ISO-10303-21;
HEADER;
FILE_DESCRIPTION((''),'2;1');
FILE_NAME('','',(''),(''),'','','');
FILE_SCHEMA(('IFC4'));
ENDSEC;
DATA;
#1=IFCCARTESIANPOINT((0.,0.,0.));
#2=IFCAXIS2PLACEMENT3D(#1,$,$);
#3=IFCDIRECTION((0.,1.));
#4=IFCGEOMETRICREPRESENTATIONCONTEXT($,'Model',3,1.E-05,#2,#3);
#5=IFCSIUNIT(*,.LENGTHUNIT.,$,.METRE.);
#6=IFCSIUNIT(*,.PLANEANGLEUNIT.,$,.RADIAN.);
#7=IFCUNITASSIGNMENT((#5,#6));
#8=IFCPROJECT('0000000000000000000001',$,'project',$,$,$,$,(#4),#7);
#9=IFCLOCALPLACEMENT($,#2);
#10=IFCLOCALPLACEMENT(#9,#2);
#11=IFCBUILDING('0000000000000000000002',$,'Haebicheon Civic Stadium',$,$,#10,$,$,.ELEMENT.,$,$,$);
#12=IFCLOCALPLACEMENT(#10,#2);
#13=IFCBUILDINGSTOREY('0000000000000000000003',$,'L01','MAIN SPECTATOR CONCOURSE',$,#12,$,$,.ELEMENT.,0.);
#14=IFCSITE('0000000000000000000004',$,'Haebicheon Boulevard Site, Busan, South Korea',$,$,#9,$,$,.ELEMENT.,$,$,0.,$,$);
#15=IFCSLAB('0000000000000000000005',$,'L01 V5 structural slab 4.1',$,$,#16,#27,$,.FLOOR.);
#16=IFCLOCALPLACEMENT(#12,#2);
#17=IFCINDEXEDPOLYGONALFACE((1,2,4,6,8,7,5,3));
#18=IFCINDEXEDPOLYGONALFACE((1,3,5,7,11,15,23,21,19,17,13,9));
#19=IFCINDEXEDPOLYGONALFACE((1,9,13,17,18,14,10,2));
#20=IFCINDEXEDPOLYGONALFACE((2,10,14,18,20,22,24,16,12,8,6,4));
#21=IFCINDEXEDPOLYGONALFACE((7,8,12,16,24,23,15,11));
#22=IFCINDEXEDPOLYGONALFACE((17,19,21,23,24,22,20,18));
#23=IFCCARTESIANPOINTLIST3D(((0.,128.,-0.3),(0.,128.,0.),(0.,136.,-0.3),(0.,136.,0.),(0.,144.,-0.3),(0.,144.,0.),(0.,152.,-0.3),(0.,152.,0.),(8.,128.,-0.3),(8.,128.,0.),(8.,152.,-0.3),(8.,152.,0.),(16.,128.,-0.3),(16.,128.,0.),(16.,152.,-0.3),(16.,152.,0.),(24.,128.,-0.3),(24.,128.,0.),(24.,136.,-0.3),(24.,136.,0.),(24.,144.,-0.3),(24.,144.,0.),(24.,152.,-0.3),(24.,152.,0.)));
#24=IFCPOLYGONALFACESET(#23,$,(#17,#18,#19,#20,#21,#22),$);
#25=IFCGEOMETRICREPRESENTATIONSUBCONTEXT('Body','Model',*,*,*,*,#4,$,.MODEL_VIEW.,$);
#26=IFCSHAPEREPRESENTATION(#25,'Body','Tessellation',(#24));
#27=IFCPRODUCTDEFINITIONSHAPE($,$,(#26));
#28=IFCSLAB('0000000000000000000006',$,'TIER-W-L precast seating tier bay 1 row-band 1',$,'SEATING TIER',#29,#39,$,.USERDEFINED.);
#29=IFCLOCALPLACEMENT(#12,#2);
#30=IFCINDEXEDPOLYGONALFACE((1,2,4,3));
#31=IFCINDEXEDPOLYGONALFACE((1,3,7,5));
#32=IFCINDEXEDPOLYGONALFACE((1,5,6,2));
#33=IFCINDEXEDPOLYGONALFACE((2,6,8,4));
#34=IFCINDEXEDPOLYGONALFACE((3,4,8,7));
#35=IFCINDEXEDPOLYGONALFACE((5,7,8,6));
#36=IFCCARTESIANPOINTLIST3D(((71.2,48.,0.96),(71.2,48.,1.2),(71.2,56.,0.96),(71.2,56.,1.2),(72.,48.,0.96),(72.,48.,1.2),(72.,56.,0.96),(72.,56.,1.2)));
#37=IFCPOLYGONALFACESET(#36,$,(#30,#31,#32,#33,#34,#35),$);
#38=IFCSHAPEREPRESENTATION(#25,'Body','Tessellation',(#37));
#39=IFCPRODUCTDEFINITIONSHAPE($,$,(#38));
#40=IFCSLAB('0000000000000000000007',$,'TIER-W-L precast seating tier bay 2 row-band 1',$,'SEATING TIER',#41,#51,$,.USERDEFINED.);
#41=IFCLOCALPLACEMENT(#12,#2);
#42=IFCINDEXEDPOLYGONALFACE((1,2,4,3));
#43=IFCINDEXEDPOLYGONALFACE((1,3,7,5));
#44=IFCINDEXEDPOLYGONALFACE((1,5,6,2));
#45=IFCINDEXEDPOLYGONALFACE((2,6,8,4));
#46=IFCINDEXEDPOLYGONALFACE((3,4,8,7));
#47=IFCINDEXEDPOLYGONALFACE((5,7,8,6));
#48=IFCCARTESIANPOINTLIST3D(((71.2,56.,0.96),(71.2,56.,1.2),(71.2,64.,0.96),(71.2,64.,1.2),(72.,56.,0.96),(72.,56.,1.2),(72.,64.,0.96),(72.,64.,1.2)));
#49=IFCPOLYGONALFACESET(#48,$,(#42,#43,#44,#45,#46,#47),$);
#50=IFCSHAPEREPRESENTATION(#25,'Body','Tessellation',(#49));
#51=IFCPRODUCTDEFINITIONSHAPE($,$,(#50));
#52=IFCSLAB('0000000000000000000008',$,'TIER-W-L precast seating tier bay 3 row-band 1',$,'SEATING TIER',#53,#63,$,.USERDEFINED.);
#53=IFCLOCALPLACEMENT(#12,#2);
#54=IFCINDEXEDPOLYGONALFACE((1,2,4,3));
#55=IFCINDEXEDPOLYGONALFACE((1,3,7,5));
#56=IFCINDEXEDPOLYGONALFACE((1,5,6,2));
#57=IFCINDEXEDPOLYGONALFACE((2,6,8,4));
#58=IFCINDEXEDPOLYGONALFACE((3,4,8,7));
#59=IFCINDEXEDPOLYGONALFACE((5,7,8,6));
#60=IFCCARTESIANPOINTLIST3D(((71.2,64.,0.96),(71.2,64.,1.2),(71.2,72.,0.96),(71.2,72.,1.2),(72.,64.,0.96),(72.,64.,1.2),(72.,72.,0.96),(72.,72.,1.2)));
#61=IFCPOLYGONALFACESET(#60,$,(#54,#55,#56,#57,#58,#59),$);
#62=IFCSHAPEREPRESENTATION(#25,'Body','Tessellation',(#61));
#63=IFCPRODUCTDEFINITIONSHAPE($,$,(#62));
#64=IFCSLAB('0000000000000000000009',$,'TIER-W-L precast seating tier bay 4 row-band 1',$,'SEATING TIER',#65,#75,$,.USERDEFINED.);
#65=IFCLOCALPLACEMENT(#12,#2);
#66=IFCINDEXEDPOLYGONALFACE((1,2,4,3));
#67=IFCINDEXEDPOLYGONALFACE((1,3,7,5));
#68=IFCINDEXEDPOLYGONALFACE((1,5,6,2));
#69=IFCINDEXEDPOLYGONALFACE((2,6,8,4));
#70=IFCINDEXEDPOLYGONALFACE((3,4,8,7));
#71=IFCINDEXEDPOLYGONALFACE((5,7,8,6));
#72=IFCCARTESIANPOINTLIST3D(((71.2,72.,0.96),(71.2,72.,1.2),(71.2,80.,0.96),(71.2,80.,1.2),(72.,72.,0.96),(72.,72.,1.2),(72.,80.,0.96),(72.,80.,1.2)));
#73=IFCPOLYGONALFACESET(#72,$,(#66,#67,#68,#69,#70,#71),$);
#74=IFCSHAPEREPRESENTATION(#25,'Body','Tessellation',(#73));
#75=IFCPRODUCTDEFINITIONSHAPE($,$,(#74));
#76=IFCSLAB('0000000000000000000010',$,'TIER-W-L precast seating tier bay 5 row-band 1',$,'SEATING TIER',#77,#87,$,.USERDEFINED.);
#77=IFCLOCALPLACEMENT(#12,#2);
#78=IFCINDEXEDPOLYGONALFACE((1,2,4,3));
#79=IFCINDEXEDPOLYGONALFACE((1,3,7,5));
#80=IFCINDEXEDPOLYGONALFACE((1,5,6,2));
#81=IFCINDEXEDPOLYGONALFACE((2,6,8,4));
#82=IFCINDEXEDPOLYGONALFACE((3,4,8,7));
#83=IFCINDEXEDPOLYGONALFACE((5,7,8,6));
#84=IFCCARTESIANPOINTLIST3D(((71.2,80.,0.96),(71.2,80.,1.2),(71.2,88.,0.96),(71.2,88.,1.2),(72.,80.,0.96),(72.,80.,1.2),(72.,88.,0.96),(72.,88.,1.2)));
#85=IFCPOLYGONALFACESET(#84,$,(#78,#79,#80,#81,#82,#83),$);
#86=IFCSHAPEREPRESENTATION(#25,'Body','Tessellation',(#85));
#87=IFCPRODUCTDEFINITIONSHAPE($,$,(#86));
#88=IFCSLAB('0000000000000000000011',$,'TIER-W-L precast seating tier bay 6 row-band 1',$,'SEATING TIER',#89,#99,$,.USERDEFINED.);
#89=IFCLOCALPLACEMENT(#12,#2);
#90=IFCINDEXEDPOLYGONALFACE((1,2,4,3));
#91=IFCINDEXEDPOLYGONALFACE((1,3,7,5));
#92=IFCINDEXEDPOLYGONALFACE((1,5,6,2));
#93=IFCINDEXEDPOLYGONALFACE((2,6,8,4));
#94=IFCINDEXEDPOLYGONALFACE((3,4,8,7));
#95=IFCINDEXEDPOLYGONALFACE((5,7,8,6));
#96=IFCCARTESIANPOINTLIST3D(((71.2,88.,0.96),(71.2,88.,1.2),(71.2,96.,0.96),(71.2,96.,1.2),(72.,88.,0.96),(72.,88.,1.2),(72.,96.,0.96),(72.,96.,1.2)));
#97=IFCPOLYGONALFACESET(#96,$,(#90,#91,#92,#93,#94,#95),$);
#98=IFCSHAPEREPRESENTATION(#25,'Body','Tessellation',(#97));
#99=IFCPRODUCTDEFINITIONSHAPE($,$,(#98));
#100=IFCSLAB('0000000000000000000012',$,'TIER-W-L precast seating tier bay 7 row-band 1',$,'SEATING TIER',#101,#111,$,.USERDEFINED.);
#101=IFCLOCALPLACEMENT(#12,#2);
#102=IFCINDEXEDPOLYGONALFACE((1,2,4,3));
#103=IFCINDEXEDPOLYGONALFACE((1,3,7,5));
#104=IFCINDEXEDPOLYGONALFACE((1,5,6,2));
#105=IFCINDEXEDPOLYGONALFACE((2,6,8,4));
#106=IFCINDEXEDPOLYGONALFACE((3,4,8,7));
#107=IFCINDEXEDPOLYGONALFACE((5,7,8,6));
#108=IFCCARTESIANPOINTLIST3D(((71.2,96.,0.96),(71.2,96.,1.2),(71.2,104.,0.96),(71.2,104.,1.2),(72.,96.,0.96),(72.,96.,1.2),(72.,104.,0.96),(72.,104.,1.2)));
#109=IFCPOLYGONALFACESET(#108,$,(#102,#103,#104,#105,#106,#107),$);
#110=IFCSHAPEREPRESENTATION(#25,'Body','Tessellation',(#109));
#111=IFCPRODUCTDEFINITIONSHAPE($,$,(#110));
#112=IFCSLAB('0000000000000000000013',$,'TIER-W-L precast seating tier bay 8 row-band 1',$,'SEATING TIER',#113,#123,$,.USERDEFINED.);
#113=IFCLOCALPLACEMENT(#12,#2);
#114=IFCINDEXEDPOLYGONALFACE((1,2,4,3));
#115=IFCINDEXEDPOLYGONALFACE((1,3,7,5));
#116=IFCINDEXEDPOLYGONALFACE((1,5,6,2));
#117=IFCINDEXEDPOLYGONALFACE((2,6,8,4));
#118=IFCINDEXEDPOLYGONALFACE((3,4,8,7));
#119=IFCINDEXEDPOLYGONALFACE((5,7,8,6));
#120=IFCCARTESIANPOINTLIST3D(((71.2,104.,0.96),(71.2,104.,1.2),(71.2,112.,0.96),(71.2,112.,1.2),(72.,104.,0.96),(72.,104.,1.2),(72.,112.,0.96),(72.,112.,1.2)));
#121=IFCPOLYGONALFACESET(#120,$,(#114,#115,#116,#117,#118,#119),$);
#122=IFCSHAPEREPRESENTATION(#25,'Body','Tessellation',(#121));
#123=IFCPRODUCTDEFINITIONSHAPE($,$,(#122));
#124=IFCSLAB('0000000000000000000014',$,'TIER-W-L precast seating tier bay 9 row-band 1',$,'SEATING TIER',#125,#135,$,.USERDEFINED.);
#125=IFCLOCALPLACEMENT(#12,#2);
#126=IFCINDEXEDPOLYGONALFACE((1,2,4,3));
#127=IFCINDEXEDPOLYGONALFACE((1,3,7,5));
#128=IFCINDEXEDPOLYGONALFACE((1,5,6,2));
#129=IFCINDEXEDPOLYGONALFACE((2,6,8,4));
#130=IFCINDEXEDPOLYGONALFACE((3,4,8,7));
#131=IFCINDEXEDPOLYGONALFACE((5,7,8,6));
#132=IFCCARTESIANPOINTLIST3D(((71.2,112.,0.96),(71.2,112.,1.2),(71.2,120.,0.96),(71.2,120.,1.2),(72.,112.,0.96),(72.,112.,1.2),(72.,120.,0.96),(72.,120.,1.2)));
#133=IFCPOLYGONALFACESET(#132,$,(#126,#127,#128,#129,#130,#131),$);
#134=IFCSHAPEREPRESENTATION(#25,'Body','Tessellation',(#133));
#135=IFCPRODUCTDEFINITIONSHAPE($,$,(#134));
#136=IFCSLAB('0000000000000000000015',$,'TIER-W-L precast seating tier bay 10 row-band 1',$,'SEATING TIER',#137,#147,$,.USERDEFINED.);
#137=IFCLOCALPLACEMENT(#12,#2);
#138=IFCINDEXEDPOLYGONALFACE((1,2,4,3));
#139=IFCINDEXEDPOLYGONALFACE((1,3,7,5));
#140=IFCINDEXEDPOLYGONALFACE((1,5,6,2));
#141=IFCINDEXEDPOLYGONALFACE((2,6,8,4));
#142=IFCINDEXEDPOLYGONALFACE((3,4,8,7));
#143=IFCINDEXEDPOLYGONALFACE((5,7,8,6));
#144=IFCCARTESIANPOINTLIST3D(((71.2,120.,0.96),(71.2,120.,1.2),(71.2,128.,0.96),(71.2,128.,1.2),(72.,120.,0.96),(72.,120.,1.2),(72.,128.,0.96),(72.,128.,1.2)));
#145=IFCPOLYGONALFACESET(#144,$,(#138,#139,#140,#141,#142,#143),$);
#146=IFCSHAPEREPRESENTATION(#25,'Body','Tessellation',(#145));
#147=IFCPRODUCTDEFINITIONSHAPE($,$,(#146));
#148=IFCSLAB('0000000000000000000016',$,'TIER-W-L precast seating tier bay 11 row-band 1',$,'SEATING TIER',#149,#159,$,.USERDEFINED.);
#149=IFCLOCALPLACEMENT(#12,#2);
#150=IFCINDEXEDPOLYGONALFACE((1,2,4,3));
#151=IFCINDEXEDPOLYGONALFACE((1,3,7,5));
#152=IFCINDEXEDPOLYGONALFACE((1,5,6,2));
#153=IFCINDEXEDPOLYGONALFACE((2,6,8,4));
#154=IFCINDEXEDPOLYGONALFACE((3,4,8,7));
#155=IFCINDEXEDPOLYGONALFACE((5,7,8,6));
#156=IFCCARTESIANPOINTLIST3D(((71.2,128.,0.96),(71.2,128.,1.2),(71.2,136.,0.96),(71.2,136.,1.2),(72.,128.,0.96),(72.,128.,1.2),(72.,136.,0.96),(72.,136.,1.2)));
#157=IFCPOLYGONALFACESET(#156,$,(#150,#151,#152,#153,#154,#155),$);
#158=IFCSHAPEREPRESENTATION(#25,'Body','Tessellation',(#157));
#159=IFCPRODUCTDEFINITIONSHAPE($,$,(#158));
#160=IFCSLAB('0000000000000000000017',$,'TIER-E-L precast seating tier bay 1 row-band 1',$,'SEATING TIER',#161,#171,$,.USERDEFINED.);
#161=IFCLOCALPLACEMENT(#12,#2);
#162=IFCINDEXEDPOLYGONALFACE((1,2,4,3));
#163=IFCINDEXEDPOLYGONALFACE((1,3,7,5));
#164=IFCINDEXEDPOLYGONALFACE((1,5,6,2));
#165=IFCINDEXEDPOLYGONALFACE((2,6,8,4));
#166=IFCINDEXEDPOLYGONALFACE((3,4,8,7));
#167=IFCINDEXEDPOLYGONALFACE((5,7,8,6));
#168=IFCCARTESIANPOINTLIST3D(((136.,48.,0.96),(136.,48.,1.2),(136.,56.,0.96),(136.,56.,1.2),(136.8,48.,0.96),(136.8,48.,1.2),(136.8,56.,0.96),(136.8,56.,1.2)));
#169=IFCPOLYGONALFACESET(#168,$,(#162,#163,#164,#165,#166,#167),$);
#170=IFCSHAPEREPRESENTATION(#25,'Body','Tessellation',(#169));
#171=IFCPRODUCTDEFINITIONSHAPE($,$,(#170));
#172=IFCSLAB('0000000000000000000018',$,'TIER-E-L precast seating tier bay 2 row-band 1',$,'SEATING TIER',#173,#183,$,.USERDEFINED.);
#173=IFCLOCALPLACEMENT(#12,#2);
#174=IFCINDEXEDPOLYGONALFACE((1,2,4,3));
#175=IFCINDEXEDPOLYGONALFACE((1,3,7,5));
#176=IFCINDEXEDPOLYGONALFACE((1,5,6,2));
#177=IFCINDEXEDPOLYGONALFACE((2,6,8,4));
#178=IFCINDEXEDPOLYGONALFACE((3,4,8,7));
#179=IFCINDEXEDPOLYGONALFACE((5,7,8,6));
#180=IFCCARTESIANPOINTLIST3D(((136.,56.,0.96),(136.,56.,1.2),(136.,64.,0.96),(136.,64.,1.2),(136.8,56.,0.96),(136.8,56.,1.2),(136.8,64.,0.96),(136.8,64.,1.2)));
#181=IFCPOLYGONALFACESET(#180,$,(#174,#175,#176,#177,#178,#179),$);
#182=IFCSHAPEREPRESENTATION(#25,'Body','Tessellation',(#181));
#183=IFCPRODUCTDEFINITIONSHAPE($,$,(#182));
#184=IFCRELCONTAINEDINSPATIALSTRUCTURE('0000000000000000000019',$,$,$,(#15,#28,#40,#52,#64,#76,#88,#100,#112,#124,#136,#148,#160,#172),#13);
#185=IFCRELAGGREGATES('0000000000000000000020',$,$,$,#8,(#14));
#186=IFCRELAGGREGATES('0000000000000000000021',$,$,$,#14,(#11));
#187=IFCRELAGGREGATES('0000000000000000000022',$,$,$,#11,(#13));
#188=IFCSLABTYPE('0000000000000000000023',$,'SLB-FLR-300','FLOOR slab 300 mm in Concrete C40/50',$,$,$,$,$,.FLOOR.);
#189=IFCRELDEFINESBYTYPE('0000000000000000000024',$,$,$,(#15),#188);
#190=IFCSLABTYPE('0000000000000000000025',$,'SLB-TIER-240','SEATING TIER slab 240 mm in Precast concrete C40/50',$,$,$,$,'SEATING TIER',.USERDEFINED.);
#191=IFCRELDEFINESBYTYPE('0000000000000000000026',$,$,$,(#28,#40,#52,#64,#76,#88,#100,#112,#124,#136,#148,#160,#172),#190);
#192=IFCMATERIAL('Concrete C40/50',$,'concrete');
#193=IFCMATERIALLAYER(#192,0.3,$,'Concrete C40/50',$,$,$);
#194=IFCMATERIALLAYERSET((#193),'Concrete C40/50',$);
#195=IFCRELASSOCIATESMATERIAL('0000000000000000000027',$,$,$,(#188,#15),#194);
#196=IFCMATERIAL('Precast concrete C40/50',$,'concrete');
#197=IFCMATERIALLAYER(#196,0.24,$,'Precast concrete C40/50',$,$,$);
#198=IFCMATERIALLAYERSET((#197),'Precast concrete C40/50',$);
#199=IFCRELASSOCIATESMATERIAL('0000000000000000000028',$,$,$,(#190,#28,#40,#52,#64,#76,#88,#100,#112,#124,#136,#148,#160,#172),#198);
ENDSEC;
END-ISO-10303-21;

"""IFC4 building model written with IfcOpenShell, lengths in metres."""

from ifc_helpers import new_model, si_unit, direction, frame, origin, place, context, subcontext, project, spatial, polyline, outline, extrude, material, layer, layer_set, type_object, element, save


model = new_model("IFC4")

# Units and contexts
model_context = context("Model", 3, precision=1e-05, world=origin(), true_north=direction((0.0, 1.0)))
body_context = subcontext(model_context, "Body", "Model", "MODEL_VIEW")
ifc_project = project(units=[si_unit("LENGTHUNIT", "METRE"), si_unit("PLANEANGLEUNIT", "RADIAN")], contexts=[model_context])

# Site, building, storey
site_placement = place(None, origin())
site = spatial("IfcSite", under=ifc_project, at=site_placement, Name="Haebicheon Boulevard Site, Busan, South Korea", CompositionType="ELEMENT", RefElevation=0.0)
building_placement = place(site_placement, origin())
building = spatial("IfcBuilding", under=site, at=building_placement, Name="Haebicheon Civic Stadium", CompositionType="ELEMENT")
storey_placement = place(building_placement, origin())
storey = spatial("IfcBuildingStorey", under=building, at=storey_placement, Name="L01", Description="MAIN SPECTATOR CONCOURSE", CompositionType="ELEMENT", Elevation=0.0)

# Slabs
ifc_material_1 = material(Name="Concrete C40/50", Category="concrete")
ifc_layer_1 = layer(ifc_material_1, 0.3, Name="Concrete C40/50")
ifc_layer_set_1 = layer_set([ifc_layer_1], Name="Concrete C40/50")
slab_type_1 = type_object("IfcSlabType", Name="SLB-FLR-300", Description="FLOOR slab 300 mm in Concrete C40/50", PredefinedType="FLOOR", material=ifc_layer_set_1)
slab_1_placement = place(storey_placement, frame((0.0, 0.0, -0.3)))
element("IfcSlab", 1, at=slab_1_placement, inside=storey, type_object=slab_type_1, material=ifc_layer_set_1, Name="L01 V5 structural slab 4.1", PredefinedType="FLOOR", context=body_context, shape_type="SweptSolid", body=[
    extrude(outline(polyline([(0.0, 144.0), (0.0, 152.0), (8.0, 152.0), (16.0, 152.0), (24.0, 152.0), (24.0, 144.0), (24.0, 136.0), (24.0, 128.0), (16.0, 128.0), (8.0, 128.0), (0.0, 128.0), (0.0, 136.0), (0.0, 144.0)])), origin(), (0.0, 0.0, 1.0), 0.3),
])
ifc_material_2 = material(Name="Precast concrete C40/50", Category="concrete")
ifc_layer_2 = layer(ifc_material_2, 0.24, Name="Precast concrete C40/50")
ifc_layer_set_2 = layer_set([ifc_layer_2], Name="Precast concrete C40/50")
slab_type_2 = type_object("IfcSlabType", Name="SLB-TIER-240", Description="SEATING TIER slab 240 mm in Precast concrete C40/50", ElementType="SEATING TIER", PredefinedType="USERDEFINED", material=ifc_layer_set_2)
slab_2_placement = place(storey_placement, frame((0.0, 0.0, 0.96)))
element("IfcSlab", 2, at=slab_2_placement, inside=storey, type_object=slab_type_2, material=ifc_layer_set_2, Name="TIER-W-L precast seating tier bay 1 row-band 1", ObjectType="SEATING TIER", PredefinedType="USERDEFINED", context=body_context, shape_type="SweptSolid", body=[
    extrude(outline(polyline([(71.2, 48.0), (72.0, 48.0), (72.0, 56.0), (71.2, 56.0), (71.2, 48.0)])), origin(), (0.0, 0.0, 1.0), 0.24),
])
slab_3_placement = place(storey_placement, frame((0.0, 0.0, 0.96)))
element("IfcSlab", 3, at=slab_3_placement, inside=storey, type_object=slab_type_2, material=ifc_layer_set_2, Name="TIER-W-L precast seating tier bay 2 row-band 1", ObjectType="SEATING TIER", PredefinedType="USERDEFINED", context=body_context, shape_type="SweptSolid", body=[
    extrude(outline(polyline([(71.2, 56.0), (72.0, 56.0), (72.0, 64.0), (71.2, 64.0), (71.2, 56.0)])), origin(), (0.0, 0.0, 1.0), 0.24),
])
slab_4_placement = place(storey_placement, frame((0.0, 0.0, 0.96)))
element("IfcSlab", 4, at=slab_4_placement, inside=storey, type_object=slab_type_2, material=ifc_layer_set_2, Name="TIER-W-L precast seating tier bay 3 row-band 1", ObjectType="SEATING TIER", PredefinedType="USERDEFINED", context=body_context, shape_type="SweptSolid", body=[
    extrude(outline(polyline([(71.2, 64.0), (72.0, 64.0), (72.0, 72.0), (71.2, 72.0), (71.2, 64.0)])), origin(), (0.0, 0.0, 1.0), 0.24),
])
slab_5_placement = place(storey_placement, frame((0.0, 0.0, 0.96)))
element("IfcSlab", 5, at=slab_5_placement, inside=storey, type_object=slab_type_2, material=ifc_layer_set_2, Name="TIER-W-L precast seating tier bay 4 row-band 1", ObjectType="SEATING TIER", PredefinedType="USERDEFINED", context=body_context, shape_type="SweptSolid", body=[
    extrude(outline(polyline([(71.2, 72.0), (72.0, 72.0), (72.0, 80.0), (71.2, 80.0), (71.2, 72.0)])), origin(), (0.0, 0.0, 1.0), 0.24),
])
slab_6_placement = place(storey_placement, frame((0.0, 0.0, 0.96)))
element("IfcSlab", 6, at=slab_6_placement, inside=storey, type_object=slab_type_2, material=ifc_layer_set_2, Name="TIER-W-L precast seating tier bay 5 row-band 1", ObjectType="SEATING TIER", PredefinedType="USERDEFINED", context=body_context, shape_type="SweptSolid", body=[
    extrude(outline(polyline([(71.2, 80.0), (72.0, 80.0), (72.0, 88.0), (71.2, 88.0), (71.2, 80.0)])), origin(), (0.0, 0.0, 1.0), 0.24),
])
slab_7_placement = place(storey_placement, frame((0.0, 0.0, 0.96)))
element("IfcSlab", 7, at=slab_7_placement, inside=storey, type_object=slab_type_2, material=ifc_layer_set_2, Name="TIER-W-L precast seating tier bay 6 row-band 1", ObjectType="SEATING TIER", PredefinedType="USERDEFINED", context=body_context, shape_type="SweptSolid", body=[
    extrude(outline(polyline([(71.2, 88.0), (72.0, 88.0), (72.0, 96.0), (71.2, 96.0), (71.2, 88.0)])), origin(), (0.0, 0.0, 1.0), 0.24),
])
slab_8_placement = place(storey_placement, frame((0.0, 0.0, 0.96)))
element("IfcSlab", 8, at=slab_8_placement, inside=storey, type_object=slab_type_2, material=ifc_layer_set_2, Name="TIER-W-L precast seating tier bay 7 row-band 1", ObjectType="SEATING TIER", PredefinedType="USERDEFINED", context=body_context, shape_type="SweptSolid", body=[
    extrude(outline(polyline([(71.2, 96.0), (72.0, 96.0), (72.0, 104.0), (71.2, 104.0), (71.2, 96.0)])), origin(), (0.0, 0.0, 1.0), 0.24),
])
slab_9_placement = place(storey_placement, frame((0.0, 0.0, 0.96)))
element("IfcSlab", 9, at=slab_9_placement, inside=storey, type_object=slab_type_2, material=ifc_layer_set_2, Name="TIER-W-L precast seating tier bay 8 row-band 1", ObjectType="SEATING TIER", PredefinedType="USERDEFINED", context=body_context, shape_type="SweptSolid", body=[
    extrude(outline(polyline([(71.2, 104.0), (72.0, 104.0), (72.0, 112.0), (71.2, 112.0), (71.2, 104.0)])), origin(), (0.0, 0.0, 1.0), 0.24),
])
slab_10_placement = place(storey_placement, frame((0.0, 0.0, 0.96)))
element("IfcSlab", 10, at=slab_10_placement, inside=storey, type_object=slab_type_2, material=ifc_layer_set_2, Name="TIER-W-L precast seating tier bay 9 row-band 1", ObjectType="SEATING TIER", PredefinedType="USERDEFINED", context=body_context, shape_type="SweptSolid", body=[
    extrude(outline(polyline([(71.2, 112.0), (72.0, 112.0), (72.0, 120.0), (71.2, 120.0), (71.2, 112.0)])), origin(), (0.0, 0.0, 1.0), 0.24),
])
slab_11_placement = place(storey_placement, frame((0.0, 0.0, 0.96)))
element("IfcSlab", 11, at=slab_11_placement, inside=storey, type_object=slab_type_2, material=ifc_layer_set_2, Name="TIER-W-L precast seating tier bay 10 row-band 1", ObjectType="SEATING TIER", PredefinedType="USERDEFINED", context=body_context, shape_type="SweptSolid", body=[
    extrude(outline(polyline([(71.2, 120.0), (72.0, 120.0), (72.0, 128.0), (71.2, 128.0), (71.2, 120.0)])), origin(), (0.0, 0.0, 1.0), 0.24),
])
slab_12_placement = place(storey_placement, frame((0.0, 0.0, 0.96)))
element("IfcSlab", 12, at=slab_12_placement, inside=storey, type_object=slab_type_2, material=ifc_layer_set_2, Name="TIER-W-L precast seating tier bay 11 row-band 1", ObjectType="SEATING TIER", PredefinedType="USERDEFINED", context=body_context, shape_type="SweptSolid", body=[
    extrude(outline(polyline([(71.2, 128.0), (72.0, 128.0), (72.0, 136.0), (71.2, 136.0), (71.2, 128.0)])), origin(), (0.0, 0.0, 1.0), 0.24),
])
slab_13_placement = place(storey_placement, frame((0.0, 0.0, 0.96)))
element("IfcSlab", 13, at=slab_13_placement, inside=storey, type_object=slab_type_2, material=ifc_layer_set_2, Name="TIER-E-L precast seating tier bay 1 row-band 1", ObjectType="SEATING TIER", PredefinedType="USERDEFINED", context=body_context, shape_type="SweptSolid", body=[
    extrude(outline(polyline([(136.0, 48.0), (136.8, 48.0), (136.8, 56.0), (136.0, 56.0), (136.0, 48.0)])), origin(), (0.0, 0.0, 1.0), 0.24),
])
slab_14_placement = place(storey_placement, frame((0.0, 0.0, 0.96)))
element("IfcSlab", 14, at=slab_14_placement, inside=storey, type_object=slab_type_2, material=ifc_layer_set_2, Name="TIER-E-L precast seating tier bay 2 row-band 1", ObjectType="SEATING TIER", PredefinedType="USERDEFINED", context=body_context, shape_type="SweptSolid", body=[
    extrude(outline(polyline([(136.0, 56.0), (136.8, 56.0), (136.8, 64.0), (136.0, 64.0), (136.0, 56.0)])), origin(), (0.0, 0.0, 1.0), 0.24),
])

save(model, "model.ifc")
